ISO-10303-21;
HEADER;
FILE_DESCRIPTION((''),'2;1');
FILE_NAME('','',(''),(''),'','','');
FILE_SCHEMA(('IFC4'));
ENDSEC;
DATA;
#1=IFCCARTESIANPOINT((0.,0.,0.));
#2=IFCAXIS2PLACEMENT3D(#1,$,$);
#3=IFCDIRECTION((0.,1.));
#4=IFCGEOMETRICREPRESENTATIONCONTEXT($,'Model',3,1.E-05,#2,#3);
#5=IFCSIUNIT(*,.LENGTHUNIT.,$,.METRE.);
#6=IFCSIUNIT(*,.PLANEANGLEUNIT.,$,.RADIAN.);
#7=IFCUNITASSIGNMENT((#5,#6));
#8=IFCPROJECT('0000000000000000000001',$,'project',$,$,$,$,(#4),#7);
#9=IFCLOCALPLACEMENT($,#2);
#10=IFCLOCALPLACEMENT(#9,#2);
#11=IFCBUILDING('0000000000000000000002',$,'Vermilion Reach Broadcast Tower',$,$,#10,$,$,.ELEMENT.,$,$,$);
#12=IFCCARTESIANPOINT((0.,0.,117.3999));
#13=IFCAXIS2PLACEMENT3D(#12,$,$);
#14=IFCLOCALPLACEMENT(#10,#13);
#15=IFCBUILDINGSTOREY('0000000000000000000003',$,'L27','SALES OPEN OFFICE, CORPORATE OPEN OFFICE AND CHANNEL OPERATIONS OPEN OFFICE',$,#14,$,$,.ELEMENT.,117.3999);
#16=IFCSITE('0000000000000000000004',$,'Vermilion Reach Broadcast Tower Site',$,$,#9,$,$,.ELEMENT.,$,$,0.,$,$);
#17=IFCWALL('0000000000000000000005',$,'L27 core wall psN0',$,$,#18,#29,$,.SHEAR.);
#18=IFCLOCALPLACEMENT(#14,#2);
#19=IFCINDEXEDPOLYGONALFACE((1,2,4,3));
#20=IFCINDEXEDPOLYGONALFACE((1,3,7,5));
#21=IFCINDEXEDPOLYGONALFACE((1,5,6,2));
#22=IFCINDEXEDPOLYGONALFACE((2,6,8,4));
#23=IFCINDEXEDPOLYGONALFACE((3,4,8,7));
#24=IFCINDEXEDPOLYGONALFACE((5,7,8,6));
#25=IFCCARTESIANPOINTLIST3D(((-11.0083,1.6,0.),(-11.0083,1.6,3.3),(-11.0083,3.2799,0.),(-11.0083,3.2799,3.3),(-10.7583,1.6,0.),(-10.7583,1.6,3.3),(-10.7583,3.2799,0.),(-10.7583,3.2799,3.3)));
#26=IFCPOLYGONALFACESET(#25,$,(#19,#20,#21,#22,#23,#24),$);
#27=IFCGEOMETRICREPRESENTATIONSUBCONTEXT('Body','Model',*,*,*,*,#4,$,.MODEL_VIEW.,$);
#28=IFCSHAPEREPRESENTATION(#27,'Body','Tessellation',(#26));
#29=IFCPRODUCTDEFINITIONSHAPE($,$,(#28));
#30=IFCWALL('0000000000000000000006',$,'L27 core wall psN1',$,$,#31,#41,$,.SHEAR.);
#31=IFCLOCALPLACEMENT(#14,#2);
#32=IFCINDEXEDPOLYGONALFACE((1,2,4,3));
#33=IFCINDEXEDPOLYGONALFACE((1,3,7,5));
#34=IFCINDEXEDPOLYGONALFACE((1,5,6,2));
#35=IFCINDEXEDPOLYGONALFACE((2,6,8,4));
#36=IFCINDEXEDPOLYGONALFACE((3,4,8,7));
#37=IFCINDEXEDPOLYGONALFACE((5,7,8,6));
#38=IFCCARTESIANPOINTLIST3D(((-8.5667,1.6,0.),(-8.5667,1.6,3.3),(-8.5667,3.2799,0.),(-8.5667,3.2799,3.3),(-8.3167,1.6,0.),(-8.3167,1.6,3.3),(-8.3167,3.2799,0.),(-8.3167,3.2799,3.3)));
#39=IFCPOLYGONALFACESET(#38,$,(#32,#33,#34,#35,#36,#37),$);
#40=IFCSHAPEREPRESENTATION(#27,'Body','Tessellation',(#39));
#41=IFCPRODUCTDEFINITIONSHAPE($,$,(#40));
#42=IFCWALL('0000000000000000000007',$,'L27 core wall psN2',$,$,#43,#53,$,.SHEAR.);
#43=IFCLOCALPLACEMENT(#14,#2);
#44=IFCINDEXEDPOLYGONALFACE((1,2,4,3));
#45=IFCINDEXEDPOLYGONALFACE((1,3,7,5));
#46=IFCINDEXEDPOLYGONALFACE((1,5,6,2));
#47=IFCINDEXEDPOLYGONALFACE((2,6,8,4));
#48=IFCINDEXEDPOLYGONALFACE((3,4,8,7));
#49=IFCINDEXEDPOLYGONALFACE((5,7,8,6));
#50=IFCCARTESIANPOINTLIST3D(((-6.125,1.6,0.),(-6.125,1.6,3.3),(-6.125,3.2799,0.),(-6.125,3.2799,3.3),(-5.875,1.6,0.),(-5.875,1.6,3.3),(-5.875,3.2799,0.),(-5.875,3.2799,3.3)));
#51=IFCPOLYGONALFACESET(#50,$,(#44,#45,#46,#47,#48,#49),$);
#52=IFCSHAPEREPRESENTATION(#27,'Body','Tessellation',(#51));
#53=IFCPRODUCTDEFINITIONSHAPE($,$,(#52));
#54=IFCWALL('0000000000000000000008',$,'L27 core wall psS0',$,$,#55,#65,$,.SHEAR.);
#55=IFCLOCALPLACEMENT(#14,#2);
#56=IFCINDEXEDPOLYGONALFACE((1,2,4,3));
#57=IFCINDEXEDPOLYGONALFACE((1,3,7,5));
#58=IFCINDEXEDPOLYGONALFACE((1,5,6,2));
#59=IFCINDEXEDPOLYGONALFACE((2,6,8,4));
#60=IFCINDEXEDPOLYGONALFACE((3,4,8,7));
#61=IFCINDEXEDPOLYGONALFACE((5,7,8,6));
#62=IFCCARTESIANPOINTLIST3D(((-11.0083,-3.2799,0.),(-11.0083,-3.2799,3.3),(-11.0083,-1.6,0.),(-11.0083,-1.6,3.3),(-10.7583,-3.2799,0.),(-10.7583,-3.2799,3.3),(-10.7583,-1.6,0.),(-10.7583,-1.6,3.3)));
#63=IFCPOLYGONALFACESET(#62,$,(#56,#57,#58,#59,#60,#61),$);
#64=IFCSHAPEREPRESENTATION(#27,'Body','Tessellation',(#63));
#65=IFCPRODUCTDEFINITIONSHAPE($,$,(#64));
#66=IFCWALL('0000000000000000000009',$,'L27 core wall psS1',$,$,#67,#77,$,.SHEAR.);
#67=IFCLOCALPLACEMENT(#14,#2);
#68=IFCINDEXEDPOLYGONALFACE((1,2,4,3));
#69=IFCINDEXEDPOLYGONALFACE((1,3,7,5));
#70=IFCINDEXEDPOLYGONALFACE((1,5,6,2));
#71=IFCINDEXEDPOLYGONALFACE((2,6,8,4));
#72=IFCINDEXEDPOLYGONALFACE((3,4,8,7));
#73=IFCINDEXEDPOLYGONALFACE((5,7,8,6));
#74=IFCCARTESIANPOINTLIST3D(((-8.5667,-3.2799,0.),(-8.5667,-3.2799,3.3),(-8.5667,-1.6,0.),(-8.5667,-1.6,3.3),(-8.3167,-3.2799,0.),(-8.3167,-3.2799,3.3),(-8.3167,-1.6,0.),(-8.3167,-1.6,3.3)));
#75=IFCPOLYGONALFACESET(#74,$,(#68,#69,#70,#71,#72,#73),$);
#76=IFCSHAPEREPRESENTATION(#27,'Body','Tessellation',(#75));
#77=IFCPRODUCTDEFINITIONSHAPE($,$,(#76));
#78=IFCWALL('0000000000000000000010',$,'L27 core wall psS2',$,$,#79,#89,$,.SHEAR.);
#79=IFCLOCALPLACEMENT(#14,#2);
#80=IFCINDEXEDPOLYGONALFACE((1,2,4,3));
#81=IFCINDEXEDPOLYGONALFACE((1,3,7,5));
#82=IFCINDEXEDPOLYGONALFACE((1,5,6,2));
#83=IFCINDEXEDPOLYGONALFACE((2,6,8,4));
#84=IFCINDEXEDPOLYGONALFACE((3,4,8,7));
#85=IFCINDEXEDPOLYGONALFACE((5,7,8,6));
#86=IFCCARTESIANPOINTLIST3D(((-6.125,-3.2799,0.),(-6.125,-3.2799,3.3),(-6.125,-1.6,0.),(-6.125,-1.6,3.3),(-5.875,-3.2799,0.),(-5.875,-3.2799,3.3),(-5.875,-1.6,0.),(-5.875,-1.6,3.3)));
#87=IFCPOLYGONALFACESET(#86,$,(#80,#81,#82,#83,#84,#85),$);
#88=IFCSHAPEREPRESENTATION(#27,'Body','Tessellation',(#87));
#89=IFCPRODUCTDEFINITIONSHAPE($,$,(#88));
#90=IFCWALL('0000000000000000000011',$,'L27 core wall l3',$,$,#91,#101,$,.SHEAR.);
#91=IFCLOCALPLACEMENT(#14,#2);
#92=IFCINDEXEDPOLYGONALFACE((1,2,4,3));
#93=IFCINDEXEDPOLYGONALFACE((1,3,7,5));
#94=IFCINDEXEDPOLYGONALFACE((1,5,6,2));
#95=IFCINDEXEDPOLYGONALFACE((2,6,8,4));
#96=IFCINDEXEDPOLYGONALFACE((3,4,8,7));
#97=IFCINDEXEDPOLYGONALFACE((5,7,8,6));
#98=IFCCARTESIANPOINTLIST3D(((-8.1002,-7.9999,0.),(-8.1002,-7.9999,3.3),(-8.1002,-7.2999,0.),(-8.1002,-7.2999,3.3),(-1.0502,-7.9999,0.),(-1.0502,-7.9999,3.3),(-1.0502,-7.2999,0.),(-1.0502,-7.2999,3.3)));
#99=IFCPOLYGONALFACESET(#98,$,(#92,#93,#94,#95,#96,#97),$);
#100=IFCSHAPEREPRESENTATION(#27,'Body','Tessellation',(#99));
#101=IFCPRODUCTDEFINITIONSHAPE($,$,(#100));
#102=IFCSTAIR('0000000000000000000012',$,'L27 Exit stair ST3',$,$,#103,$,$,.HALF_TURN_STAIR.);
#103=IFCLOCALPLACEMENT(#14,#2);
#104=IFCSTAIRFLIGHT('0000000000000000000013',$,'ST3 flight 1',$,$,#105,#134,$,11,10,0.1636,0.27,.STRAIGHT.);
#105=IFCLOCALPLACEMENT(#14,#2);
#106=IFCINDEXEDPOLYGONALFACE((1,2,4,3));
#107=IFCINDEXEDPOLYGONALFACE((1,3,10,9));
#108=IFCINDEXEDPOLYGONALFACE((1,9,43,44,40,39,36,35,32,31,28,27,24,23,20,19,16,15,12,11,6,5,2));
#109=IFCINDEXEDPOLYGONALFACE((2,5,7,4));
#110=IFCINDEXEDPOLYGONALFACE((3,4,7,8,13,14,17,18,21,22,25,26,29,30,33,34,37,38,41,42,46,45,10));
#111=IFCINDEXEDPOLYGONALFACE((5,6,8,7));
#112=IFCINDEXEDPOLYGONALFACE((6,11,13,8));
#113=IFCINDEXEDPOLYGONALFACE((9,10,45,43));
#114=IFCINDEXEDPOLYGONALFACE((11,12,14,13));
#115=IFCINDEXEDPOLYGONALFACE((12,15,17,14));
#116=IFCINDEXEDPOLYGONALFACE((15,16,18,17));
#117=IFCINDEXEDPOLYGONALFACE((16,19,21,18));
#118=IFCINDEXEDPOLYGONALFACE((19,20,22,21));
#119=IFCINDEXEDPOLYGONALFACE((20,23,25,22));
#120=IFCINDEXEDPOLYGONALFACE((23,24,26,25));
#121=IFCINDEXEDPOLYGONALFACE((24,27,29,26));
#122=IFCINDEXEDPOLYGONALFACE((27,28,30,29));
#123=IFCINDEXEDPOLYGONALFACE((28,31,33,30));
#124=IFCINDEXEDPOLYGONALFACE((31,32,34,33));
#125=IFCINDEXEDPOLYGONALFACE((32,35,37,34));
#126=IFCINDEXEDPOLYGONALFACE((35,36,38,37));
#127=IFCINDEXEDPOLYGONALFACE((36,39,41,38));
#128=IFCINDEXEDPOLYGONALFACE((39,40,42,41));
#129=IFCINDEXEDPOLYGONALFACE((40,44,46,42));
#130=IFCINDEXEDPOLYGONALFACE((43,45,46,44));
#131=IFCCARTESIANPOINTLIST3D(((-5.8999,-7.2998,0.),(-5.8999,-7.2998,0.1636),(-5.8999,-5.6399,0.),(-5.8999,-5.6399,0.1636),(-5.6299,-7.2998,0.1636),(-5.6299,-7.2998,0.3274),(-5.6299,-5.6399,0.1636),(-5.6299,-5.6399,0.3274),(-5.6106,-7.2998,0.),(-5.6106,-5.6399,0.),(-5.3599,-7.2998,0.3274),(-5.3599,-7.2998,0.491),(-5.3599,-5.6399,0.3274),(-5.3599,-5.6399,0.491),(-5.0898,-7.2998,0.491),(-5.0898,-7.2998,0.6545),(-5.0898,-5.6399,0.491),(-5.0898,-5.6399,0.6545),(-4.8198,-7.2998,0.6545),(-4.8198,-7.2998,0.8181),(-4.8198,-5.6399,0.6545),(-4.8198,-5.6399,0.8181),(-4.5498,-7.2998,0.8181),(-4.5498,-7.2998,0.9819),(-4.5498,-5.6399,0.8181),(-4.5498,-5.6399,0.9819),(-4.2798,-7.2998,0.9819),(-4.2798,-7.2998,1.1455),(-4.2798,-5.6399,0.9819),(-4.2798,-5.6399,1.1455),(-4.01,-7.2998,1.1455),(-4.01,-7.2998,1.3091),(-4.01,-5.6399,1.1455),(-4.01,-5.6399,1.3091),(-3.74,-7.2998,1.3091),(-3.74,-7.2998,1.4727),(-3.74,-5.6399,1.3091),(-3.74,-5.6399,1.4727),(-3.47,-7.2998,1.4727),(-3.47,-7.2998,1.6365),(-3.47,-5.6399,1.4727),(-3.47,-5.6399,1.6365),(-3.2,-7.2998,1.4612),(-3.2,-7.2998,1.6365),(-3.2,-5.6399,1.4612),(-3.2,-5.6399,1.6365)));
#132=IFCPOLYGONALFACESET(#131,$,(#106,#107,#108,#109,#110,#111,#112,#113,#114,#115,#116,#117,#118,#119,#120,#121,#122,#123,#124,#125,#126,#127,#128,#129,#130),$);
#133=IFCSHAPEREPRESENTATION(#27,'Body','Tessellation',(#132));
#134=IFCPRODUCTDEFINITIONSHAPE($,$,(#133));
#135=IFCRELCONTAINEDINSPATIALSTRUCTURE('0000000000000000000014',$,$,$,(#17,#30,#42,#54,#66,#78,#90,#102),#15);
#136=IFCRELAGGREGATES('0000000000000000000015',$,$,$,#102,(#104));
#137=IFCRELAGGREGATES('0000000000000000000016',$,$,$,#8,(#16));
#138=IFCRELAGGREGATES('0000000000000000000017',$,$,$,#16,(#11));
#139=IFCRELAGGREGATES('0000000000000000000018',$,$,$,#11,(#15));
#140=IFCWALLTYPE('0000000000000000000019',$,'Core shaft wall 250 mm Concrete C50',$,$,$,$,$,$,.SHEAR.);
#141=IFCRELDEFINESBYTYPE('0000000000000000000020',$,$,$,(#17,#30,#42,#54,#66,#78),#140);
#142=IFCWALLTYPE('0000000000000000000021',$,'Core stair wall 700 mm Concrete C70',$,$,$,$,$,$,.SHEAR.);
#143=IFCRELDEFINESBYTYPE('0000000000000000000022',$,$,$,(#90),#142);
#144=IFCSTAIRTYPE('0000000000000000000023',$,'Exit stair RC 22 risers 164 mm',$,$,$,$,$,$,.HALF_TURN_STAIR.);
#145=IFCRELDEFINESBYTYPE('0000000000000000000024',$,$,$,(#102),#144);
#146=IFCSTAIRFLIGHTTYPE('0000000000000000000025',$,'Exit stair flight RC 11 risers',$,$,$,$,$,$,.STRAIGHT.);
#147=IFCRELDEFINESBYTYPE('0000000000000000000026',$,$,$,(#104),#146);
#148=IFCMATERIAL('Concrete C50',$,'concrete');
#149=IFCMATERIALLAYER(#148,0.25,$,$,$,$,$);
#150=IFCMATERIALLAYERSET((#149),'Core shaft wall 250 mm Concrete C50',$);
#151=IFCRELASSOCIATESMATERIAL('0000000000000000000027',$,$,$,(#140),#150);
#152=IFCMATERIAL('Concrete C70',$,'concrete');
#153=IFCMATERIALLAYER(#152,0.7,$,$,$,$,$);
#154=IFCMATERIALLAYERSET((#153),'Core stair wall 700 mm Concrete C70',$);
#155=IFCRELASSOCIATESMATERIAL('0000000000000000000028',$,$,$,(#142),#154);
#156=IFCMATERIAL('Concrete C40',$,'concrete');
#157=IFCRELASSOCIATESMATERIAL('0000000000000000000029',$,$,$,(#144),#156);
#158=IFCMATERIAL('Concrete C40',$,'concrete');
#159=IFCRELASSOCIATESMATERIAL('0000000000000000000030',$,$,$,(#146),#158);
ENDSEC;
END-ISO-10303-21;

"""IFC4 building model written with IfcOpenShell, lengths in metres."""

from ifc_helpers import new_model, si_unit, direction, frame, frame_2d, origin, place, context, subcontext, project, spatial, polyline, rectangle, outline, extrude, material, layer, layer_set, type_object, element, aggregate, save


model = new_model("IFC4")

# Units and contexts
model_context = context("Model", 3, precision=1e-05, world=origin(), true_north=direction((0.0, 1.0)))
body_context = subcontext(model_context, "Body", "Model", "MODEL_VIEW")
ifc_project = project(units=[si_unit("LENGTHUNIT", "METRE"), si_unit("PLANEANGLEUNIT", "RADIAN")], contexts=[model_context])

# Site, building, storey
site_placement = place(None, origin())
site = spatial("IfcSite", under=ifc_project, at=site_placement, Name="Vermilion Reach Broadcast Tower Site", CompositionType="ELEMENT", RefElevation=0.0)
building_placement = place(site_placement, origin())
building = spatial("IfcBuilding", under=site, at=building_placement, Name="Vermilion Reach Broadcast Tower", CompositionType="ELEMENT")
storey_placement = place(building_placement, frame((0.0, 0.0, 117.3999)))
storey = spatial("IfcBuildingStorey", under=building, at=storey_placement, Name="L27", Description="SALES OPEN OFFICE, CORPORATE OPEN OFFICE AND CHANNEL OPERATIONS OPEN OFFICE", CompositionType="ELEMENT", Elevation=117.3999)

# Walls
ifc_material_1 = material(Name="Concrete C50", Category="concrete")
ifc_layer_1 = layer(ifc_material_1, 0.25)
ifc_layer_set_1 = layer_set([ifc_layer_1], Name="Core shaft wall 250 mm Concrete C50")
wall_type_1 = type_object("IfcWallType", Name="Core shaft wall 250 mm Concrete C50", PredefinedType="SHEAR", material=ifc_layer_set_1)
for number, where, z_axis, x_axis, name in (
    (1, (-10.8833, 1.6001, 0.0), (0.0, 0.0, 1.0), (0.0, 1.0, 0.0), "L27 core wall psN0"),
    (2, (-8.4417, 1.6001, 0.0), (0.0, 0.0, 1.0), (0.0, 1.0, 0.0), "L27 core wall psN1"),
    (3, (-6.0, 1.6001, 0.0), (0.0, 0.0, 1.0), (0.0, 1.0, 0.0), "L27 core wall psN2"),
    (4, (-10.8833, -1.6001, 0.0), (0.0, 0.0, 1.0), (0.0, -1.0, 0.0), "L27 core wall psS0"),
    (5, (-8.4417, -1.6001, 0.0), (0.0, 0.0, 1.0), (0.0, -1.0, 0.0), "L27 core wall psS1"),
    (6, (-6.0, -1.6001, 0.0), (0.0, 0.0, 1.0), (0.0, -1.0, 0.0), "L27 core wall psS2"),
):
    element("IfcWall", number, at=place(storey_placement, frame(where, z_axis=z_axis, x_axis=x_axis)), inside=storey, type_object=wall_type_1, Name=name, PredefinedType="SHEAR", context=body_context, shape_type="SweptSolid", body=[
        extrude(rectangle(XDim=1.6799, YDim=0.25, at=frame_2d((0.8398, 0.0))), origin(), (0.0, 0.0, 1.0), 3.3),
    ])
ifc_material_2 = material(Name="Concrete C70", Category="concrete")
ifc_layer_2 = layer(ifc_material_2, 0.7)
ifc_layer_set_2 = layer_set([ifc_layer_2], Name="Core stair wall 700 mm Concrete C70")
wall_type_2 = type_object("IfcWallType", Name="Core stair wall 700 mm Concrete C70", PredefinedType="SHEAR", material=ifc_layer_set_2)
wall_1_placement = place(storey_placement, frame((-8.1001, -7.6499, 0.0), z_axis=(0.0, 0.0, 1.0), x_axis=(1.0, 0.0, 0.0)))
element("IfcWall", 7, at=wall_1_placement, inside=storey, type_object=wall_type_2, Name="L27 core wall l3", PredefinedType="SHEAR", context=body_context, shape_type="SweptSolid", body=[
    extrude(rectangle(XDim=7.05, YDim=0.7, at=frame_2d((3.5249, 0.0))), origin(), (0.0, 0.0, 1.0), 3.3),
])

# Stair, stair flight
ifc_material_3 = material(Name="Concrete C40", Category="concrete")
stair_type = type_object("IfcStairType", Name="Exit stair RC 22 risers 164 mm", PredefinedType="HALF_TURN_STAIR", material=ifc_material_3)
stair_placement = place(storey_placement, origin())
stair = element("IfcStair", 8, at=stair_placement, inside=storey, type_object=stair_type, Name="L27 Exit stair ST3", PredefinedType="HALF_TURN_STAIR")
ifc_material_4 = material(Name="Concrete C40", Category="concrete")
stair_flight_type = type_object("IfcStairFlightType", Name="Exit stair flight RC 11 risers", PredefinedType="STRAIGHT", material=ifc_material_4)
stair_flight_placement = place(storey_placement, frame((-5.8999, -6.47, 0.0), z_axis=(0.0, 0.0, 1.0), x_axis=(1.0, 0.0, 0.0)))
stair_flight = element("IfcStairFlight", 9, at=stair_flight_placement, type_object=stair_flight_type, Name="ST3 flight 1", NumberOfRisers=11, NumberOfTreads=10, PredefinedType="STRAIGHT", RiserHeight=0.1636, TreadLength=0.27, context=body_context, shape_type="SweptSolid", body=[
    extrude(outline(polyline([(0.0, 0.0), (0.0, 0.1636), (0.27, 0.1636), (0.27, 0.3274), (0.54, 0.3274), (0.54, 0.491), (0.8101, 0.491), (0.8101, 0.6545), (1.0801, 0.6545), (1.0801, 0.8181), (1.3501, 0.8181), (1.3501, 0.9819), (1.6201, 0.9819), (1.6201, 1.1455), (1.8899, 1.1455), (1.8899, 1.3091), (2.1599, 1.3091), (2.1599, 1.4727), (2.4299, 1.4727), (2.4299, 1.6365), (2.7, 1.6365), (2.7, 1.8), (2.7, 1.4612), (0.2893, 0.0), (0.0, 0.0)])), frame((0.0, 0.8301, 0.0), z_axis=(0.0, -1.0, 0.0), x_axis=(1.0, 0.0, 0.0)), (0.0, 0.0, 1.0), 1.6599),
])
aggregate(stair, [stair_flight])

save(model, "model.ifc")
